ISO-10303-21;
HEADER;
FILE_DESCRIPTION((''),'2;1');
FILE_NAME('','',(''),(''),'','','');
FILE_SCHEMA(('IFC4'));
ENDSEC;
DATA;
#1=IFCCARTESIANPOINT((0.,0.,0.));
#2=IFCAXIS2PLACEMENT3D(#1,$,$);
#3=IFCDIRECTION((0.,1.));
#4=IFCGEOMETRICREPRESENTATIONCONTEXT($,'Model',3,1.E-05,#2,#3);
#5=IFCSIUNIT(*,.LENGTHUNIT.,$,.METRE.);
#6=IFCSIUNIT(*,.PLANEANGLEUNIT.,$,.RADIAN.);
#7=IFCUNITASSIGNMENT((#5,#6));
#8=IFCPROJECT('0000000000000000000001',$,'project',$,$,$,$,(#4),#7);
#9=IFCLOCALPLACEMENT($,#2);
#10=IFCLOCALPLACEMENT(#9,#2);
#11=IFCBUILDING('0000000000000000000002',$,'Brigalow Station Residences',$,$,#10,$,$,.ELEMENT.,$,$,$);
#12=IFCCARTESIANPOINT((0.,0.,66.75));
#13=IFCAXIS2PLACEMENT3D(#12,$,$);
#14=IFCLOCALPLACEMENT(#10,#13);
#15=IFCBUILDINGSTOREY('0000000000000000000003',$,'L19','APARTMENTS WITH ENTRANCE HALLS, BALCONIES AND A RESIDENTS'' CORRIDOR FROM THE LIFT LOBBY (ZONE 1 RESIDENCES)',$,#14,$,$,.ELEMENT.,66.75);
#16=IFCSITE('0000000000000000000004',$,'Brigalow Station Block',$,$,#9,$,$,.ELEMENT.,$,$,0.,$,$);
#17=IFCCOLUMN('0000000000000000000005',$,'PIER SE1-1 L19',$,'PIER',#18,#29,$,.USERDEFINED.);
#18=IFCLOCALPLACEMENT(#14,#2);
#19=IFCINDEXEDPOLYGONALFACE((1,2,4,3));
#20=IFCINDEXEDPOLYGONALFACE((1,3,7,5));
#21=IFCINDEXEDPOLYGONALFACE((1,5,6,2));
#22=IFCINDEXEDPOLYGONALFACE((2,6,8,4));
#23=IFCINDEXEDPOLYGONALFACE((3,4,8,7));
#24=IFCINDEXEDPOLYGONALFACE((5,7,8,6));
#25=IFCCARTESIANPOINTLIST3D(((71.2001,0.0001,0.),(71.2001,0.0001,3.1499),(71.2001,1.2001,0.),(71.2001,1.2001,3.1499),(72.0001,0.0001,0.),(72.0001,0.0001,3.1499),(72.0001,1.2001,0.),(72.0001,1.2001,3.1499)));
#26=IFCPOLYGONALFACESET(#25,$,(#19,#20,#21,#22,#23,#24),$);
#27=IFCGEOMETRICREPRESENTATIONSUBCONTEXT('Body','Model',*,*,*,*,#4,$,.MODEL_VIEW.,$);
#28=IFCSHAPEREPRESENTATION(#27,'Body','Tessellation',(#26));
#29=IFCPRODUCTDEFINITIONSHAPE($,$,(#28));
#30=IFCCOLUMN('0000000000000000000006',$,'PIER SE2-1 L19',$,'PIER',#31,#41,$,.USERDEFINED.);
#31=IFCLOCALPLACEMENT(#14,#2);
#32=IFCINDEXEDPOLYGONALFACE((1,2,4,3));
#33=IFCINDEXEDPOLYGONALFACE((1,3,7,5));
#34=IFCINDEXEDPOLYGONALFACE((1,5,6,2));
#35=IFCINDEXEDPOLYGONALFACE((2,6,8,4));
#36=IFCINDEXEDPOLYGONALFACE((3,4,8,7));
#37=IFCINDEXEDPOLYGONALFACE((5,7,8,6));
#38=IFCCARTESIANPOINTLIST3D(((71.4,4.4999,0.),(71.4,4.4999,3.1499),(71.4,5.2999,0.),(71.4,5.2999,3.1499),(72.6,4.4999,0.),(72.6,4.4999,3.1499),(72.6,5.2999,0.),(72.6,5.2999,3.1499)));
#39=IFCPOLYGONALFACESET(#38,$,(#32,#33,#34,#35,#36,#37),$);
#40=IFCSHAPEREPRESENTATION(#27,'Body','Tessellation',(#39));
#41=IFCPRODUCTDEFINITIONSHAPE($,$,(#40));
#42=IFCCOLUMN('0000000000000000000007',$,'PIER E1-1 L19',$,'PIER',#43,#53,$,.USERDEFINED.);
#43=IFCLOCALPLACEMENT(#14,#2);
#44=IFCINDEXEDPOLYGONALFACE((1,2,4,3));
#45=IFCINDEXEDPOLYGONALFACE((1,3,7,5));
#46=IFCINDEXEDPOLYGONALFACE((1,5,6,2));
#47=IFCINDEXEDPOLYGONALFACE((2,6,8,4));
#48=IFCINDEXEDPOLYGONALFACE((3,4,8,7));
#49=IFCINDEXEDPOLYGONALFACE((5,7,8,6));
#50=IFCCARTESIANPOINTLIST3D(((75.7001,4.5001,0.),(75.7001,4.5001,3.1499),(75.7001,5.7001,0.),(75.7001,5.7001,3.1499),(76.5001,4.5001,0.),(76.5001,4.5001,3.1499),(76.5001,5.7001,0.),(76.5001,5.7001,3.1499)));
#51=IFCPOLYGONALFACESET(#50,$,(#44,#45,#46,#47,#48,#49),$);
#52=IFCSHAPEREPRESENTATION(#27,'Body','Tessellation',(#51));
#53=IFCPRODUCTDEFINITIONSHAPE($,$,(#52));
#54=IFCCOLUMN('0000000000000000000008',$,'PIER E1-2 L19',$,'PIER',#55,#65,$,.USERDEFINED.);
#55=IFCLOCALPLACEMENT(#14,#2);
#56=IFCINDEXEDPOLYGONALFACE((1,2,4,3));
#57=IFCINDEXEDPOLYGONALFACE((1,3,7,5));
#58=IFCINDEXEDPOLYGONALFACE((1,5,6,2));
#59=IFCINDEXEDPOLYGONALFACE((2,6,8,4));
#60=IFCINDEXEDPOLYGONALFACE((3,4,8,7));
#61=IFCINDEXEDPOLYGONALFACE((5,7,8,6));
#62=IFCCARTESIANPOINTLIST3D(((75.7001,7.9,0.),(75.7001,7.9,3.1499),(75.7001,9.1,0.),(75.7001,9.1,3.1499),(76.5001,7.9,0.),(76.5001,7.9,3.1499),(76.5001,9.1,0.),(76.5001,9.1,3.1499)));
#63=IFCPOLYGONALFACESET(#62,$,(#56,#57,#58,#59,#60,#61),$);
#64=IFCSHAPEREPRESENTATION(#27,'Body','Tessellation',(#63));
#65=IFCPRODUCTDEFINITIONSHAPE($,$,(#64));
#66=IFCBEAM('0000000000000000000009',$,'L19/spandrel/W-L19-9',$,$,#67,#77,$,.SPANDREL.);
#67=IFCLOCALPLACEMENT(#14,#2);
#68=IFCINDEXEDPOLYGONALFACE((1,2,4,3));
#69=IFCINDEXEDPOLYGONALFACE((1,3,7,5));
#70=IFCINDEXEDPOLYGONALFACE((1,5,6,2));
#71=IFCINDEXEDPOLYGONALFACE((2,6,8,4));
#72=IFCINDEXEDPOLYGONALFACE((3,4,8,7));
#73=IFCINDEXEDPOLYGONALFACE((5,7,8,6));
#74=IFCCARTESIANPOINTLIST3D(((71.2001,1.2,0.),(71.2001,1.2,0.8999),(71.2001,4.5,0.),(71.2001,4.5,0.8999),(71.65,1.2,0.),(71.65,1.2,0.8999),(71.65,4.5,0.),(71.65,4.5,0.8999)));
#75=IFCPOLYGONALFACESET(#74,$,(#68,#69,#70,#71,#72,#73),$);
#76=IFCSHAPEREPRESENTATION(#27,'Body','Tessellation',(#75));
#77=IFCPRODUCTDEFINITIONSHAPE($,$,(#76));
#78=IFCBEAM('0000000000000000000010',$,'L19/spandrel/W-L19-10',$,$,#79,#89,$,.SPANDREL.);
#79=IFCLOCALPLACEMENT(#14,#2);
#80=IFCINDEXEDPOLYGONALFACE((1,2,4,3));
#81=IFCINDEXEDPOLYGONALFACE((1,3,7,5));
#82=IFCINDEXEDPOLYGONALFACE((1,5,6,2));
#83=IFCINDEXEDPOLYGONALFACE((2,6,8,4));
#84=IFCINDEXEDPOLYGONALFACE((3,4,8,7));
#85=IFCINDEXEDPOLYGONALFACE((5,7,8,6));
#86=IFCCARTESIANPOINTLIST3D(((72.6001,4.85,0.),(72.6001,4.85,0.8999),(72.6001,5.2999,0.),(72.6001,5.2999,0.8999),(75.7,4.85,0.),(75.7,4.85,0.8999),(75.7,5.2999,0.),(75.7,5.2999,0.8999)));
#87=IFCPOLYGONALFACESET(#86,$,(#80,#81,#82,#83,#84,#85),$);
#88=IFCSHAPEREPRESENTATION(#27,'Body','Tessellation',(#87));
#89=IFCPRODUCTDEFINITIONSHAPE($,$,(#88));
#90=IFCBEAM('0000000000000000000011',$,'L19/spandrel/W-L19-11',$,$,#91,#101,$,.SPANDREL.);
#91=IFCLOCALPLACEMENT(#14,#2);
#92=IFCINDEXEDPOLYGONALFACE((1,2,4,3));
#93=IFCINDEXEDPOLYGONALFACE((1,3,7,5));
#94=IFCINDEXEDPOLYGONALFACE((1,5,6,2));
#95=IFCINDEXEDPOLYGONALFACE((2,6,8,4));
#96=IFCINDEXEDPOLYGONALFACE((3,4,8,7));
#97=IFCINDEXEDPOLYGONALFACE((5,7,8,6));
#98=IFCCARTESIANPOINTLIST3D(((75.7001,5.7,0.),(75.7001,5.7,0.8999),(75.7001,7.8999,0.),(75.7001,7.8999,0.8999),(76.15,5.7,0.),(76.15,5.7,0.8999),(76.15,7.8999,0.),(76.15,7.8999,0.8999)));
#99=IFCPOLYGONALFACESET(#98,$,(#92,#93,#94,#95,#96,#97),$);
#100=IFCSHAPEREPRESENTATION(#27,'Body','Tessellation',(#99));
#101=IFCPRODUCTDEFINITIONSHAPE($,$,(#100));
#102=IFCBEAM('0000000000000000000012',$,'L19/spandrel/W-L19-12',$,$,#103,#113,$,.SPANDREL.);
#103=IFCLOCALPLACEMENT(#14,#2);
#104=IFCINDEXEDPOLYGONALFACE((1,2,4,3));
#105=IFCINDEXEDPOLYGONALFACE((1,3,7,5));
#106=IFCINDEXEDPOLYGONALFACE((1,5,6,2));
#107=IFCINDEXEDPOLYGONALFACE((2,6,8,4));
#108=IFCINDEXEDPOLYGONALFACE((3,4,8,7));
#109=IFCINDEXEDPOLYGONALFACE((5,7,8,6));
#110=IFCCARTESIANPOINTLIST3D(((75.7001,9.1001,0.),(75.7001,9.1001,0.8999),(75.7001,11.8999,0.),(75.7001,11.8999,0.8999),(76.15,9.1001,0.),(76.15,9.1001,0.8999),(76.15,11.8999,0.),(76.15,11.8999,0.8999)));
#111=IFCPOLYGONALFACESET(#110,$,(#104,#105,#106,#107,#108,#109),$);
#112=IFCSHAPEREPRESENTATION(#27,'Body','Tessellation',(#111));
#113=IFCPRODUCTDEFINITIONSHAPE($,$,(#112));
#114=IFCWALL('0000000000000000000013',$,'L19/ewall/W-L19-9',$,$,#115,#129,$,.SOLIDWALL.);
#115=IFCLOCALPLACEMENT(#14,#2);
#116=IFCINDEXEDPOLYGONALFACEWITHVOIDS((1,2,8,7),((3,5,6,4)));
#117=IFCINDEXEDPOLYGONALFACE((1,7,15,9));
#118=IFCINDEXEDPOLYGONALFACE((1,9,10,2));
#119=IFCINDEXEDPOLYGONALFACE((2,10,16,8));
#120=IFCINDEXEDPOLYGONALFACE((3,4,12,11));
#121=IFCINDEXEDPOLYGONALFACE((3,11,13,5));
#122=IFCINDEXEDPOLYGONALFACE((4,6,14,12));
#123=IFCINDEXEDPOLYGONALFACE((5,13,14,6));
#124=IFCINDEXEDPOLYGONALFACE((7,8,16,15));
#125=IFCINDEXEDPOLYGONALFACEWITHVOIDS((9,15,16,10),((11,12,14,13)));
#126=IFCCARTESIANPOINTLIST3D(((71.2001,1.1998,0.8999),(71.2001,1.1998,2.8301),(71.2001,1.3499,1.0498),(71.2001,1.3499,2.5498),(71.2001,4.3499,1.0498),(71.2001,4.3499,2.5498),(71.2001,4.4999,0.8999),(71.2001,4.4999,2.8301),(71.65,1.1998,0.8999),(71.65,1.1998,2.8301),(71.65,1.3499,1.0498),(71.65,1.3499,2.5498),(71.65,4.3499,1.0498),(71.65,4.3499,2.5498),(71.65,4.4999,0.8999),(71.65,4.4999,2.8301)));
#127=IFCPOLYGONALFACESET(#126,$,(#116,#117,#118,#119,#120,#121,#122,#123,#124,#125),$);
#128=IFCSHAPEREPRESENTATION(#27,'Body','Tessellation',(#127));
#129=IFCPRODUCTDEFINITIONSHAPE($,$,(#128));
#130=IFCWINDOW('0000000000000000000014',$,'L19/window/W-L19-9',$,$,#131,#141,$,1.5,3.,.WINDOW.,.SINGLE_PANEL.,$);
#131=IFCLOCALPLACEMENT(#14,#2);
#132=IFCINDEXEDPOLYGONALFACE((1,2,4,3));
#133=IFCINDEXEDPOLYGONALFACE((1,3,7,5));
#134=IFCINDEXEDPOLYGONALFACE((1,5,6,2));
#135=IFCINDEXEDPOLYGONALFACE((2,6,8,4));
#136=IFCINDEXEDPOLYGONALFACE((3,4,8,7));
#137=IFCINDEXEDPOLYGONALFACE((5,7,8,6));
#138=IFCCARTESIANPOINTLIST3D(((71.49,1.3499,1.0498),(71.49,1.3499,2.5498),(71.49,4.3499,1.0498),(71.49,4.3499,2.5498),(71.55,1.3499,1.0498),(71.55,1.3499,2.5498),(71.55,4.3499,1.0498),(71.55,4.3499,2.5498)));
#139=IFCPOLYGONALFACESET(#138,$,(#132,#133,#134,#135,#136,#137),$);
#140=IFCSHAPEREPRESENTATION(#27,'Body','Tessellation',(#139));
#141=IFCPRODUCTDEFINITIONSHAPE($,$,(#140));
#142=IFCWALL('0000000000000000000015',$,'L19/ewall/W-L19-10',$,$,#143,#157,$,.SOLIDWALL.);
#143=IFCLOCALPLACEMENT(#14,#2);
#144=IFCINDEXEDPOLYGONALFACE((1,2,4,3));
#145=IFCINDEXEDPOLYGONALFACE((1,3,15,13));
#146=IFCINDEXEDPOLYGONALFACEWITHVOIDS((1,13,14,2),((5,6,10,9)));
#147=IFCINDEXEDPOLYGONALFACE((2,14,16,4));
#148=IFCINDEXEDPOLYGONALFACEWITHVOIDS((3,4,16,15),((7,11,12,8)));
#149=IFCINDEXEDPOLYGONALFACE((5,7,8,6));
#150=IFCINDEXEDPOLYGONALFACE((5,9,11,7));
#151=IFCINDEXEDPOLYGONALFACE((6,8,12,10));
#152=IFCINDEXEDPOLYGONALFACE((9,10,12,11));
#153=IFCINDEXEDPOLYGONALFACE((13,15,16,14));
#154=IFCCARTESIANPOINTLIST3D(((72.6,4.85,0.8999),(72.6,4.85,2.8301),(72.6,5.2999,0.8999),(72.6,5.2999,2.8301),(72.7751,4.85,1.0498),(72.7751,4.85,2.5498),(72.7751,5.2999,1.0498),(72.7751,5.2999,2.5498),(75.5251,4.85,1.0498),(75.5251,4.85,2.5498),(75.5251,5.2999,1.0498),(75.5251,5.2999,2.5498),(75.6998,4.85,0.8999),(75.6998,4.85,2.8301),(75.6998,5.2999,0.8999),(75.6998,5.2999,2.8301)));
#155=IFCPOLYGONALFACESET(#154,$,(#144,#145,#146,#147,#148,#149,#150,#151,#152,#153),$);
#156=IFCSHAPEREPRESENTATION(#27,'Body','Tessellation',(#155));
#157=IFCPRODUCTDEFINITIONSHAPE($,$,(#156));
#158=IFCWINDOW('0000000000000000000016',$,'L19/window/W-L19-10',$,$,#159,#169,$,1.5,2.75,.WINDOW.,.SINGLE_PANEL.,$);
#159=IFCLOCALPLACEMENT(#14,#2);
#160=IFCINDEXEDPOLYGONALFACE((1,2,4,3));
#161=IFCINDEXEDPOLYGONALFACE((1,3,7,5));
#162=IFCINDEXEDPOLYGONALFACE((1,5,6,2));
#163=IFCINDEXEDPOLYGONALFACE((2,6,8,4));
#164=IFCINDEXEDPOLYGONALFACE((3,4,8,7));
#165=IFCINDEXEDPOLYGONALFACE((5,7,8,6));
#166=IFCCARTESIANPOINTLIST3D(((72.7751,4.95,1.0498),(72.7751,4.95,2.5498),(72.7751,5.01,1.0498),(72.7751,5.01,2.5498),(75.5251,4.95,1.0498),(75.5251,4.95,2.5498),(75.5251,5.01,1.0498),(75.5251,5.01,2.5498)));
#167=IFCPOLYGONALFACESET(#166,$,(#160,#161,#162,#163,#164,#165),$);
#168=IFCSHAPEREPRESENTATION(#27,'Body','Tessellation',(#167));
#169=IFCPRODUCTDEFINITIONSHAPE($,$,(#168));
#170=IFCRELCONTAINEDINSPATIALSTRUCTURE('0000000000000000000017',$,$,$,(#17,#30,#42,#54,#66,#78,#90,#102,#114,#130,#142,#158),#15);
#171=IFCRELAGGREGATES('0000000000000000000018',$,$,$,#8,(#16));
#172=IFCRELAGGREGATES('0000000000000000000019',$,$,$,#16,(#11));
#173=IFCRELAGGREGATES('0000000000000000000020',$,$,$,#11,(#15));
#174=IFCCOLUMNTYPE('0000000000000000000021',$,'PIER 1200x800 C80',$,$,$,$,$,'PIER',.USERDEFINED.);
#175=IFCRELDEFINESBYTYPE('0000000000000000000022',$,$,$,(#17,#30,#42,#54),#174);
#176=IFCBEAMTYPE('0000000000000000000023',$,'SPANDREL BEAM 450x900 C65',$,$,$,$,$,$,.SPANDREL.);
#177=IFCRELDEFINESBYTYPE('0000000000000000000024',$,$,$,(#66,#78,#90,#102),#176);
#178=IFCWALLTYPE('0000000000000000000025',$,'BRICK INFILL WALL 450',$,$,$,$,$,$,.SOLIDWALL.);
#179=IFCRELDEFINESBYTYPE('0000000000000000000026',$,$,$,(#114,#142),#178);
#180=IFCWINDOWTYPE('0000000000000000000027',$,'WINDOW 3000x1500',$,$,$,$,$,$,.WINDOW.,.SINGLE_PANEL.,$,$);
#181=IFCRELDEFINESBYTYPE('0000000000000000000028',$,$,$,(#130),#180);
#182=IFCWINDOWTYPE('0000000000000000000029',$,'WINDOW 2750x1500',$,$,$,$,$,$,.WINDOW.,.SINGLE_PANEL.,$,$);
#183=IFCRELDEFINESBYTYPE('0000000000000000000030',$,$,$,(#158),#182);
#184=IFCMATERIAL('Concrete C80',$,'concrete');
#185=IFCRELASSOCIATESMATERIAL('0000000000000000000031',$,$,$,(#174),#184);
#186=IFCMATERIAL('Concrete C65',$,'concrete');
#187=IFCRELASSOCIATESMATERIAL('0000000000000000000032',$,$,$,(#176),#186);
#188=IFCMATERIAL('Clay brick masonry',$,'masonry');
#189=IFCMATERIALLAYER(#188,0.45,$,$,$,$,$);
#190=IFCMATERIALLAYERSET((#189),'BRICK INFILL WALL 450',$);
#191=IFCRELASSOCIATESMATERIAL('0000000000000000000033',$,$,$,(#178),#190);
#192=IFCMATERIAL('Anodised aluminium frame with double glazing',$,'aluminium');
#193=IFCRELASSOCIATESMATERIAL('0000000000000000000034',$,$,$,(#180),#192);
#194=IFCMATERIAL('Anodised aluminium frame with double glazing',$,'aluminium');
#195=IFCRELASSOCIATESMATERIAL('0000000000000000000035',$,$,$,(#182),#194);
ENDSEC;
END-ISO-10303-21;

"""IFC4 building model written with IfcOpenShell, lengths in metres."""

from ifc_helpers import new_model, si_unit, direction, frame, frame_2d, origin, origin_2d, place, context, subcontext, project, spatial, rectangle, extrude, material, layer, layer_set, material_profile, profile_set, type_object, element, fill, save


model = new_model("IFC4")

# Units and contexts
model_context = context("Model", 3, precision=1e-05, world=origin(), true_north=direction((0.0, 1.0)))
body_context = subcontext(model_context, "Body", "Model", "MODEL_VIEW")
ifc_project = project(units=[si_unit("LENGTHUNIT", "METRE"), si_unit("PLANEANGLEUNIT", "RADIAN")], contexts=[model_context])

# Site, building, storey
site_placement = place(None, origin())
site = spatial("IfcSite", under=ifc_project, at=site_placement, Name="Brigalow Station Block", CompositionType="ELEMENT", RefElevation=0.0)
building_placement = place(site_placement, origin())
building = spatial("IfcBuilding", under=site, at=building_placement, Name="Brigalow Station Residences", CompositionType="ELEMENT")
storey_placement = place(building_placement, frame((0.0, 0.0, 66.75)))
storey = spatial("IfcBuildingStorey", under=building, at=storey_placement, Name="L19", Description="APARTMENTS WITH ENTRANCE HALLS, BALCONIES AND A RESIDENTS' CORRIDOR FROM THE LIFT LOBBY (ZONE 1 RESIDENCES)", CompositionType="ELEMENT", Elevation=66.75)

# Columns
ifc_material_1 = material(Name="Concrete C80", Category="concrete")
ifc_material_profile_1 = material_profile(ifc_material_1, rectangle(XDim=1.2, YDim=0.8, at=origin_2d()), Name="RC1200x800")
ifc_profile_set_1 = profile_set([ifc_material_profile_1], Name="Concrete C80")
column_type = type_object("IfcColumnType", Name="PIER 1200x800 C80", ElementType="PIER", PredefinedType="USERDEFINED", material=ifc_profile_set_1)
for number, where, z_axis, x_axis, name in (
    (1, (71.6001, 0.6001, 0.0), (0.0, 0.0, 1.0), (0.0, 1.0, 0.0), "PIER SE1-1 L19"),
    (2, (72.0, 4.8999, 0.0), (0.0, 0.0, 1.0), (1.0, 0.0, 0.0), "PIER SE2-1 L19"),
    (3, (76.1001, 5.1001, 0.0), (0.0, 0.0, 1.0), (0.0, 1.0, 0.0), "PIER E1-1 L19"),
    (4, (76.1001, 8.5, 0.0), (0.0, 0.0, 1.0), (0.0, 1.0, 0.0), "PIER E1-2 L19"),
):
    element("IfcColumn", number, at=place(storey_placement, frame(where, z_axis=z_axis, x_axis=x_axis)), inside=storey, type_object=column_type, Name=name, ObjectType="PIER", PredefinedType="USERDEFINED", context=body_context, shape_type="SweptSolid", body=[
        extrude(rectangle(XDim=1.2, YDim=0.8, at=origin_2d()), origin(), (0.0, 0.0, 1.0), 3.1499),
    ])

# Beams
ifc_material_2 = material(Name="Concrete C65", Category="concrete")
ifc_material_profile_2 = material_profile(ifc_material_2, rectangle(XDim=0.45, YDim=0.8999, at=origin_2d()), Name="RC450x900")
ifc_profile_set_2 = profile_set([ifc_material_profile_2], Name="Concrete C65")
beam_type = type_object("IfcBeamType", Name="SPANDREL BEAM 450x900 C65", PredefinedType="SPANDREL", material=ifc_profile_set_2)
beam_1_placement = place(storey_placement, frame((71.425, 1.2, 0.45), z_axis=(0.0, 1.0, 0.0), x_axis=(-1.0, 0.0, 0.0)))
element("IfcBeam", 5, at=beam_1_placement, inside=storey, type_object=beam_type, Name="L19/spandrel/W-L19-9", PredefinedType="SPANDREL", context=body_context, shape_type="SweptSolid", body=[
    extrude(rectangle(XDim=0.45, YDim=0.8999, at=origin_2d()), origin(), (0.0, 0.0, 1.0), 3.3),
])
beam_2_placement = place(storey_placement, frame((72.6001, 5.075, 0.45), z_axis=(1.0, 0.0, 0.0), x_axis=(0.0, 1.0, 0.0)))
element("IfcBeam", 6, at=beam_2_placement, inside=storey, type_object=beam_type, Name="L19/spandrel/W-L19-10", PredefinedType="SPANDREL", context=body_context, shape_type="SweptSolid", body=[
    extrude(rectangle(XDim=0.45, YDim=0.8999, at=origin_2d()), origin(), (0.0, 0.0, 1.0), 3.0999),
])
beam_3_placement = place(storey_placement, frame((75.925, 5.7, 0.45), z_axis=(0.0, 1.0, 0.0), x_axis=(-1.0, 0.0, 0.0)))
element("IfcBeam", 7, at=beam_3_placement, inside=storey, type_object=beam_type, Name="L19/spandrel/W-L19-11", PredefinedType="SPANDREL", context=body_context, shape_type="SweptSolid", body=[
    extrude(rectangle(XDim=0.45, YDim=0.8999, at=origin_2d()), origin(), (0.0, 0.0, 1.0), 2.2),
])
beam_4_placement = place(storey_placement, frame((75.925, 9.1001, 0.45), z_axis=(0.0, 1.0, 0.0), x_axis=(-1.0, 0.0, 0.0)))
element("IfcBeam", 8, at=beam_4_placement, inside=storey, type_object=beam_type, Name="L19/spandrel/W-L19-12", PredefinedType="SPANDREL", context=body_context, shape_type="SweptSolid", body=[
    extrude(rectangle(XDim=0.45, YDim=0.8999, at=origin_2d()), origin(), (0.0, 0.0, 1.0), 2.7998),
])

# Walls, openings, windows
ifc_material_3 = material(Name="Clay brick masonry", Category="masonry")
ifc_layer_1 = layer(ifc_material_3, 0.45)
ifc_layer_set_1 = layer_set([ifc_layer_1], Name="BRICK INFILL WALL 450")
wall_type_1 = type_object("IfcWallType", Name="BRICK INFILL WALL 450", PredefinedType="SOLIDWALL", material=ifc_layer_set_1)
wall_1_placement = place(storey_placement, frame((71.425, 1.2, 0.8999), z_axis=(0.0, 0.0, 1.0), x_axis=(0.0, 1.0, 0.0)))
wall_1 = element("IfcWall", 9, at=wall_1_placement, inside=storey, type_object=wall_type_1, Name="L19/ewall/W-L19-9", PredefinedType="SOLIDWALL", context=body_context, shape_type="SweptSolid", body=[
    extrude(rectangle(XDim=3.3, YDim=0.45, at=frame_2d((1.6499, 0.0))), origin(), (0.0, 0.0, 1.0), 1.9302),
])
opening_1_placement = place(wall_1_placement, frame((0.1499, 0.0, 0.1499)))
opening_1 = element("IfcOpeningElement", 10, at=opening_1_placement, cuts=wall_1, PredefinedType="OPENING", context=body_context, shape_type="SweptSolid", body=[
    extrude(rectangle(XDim=3.0, YDim=1.5, at=frame_2d((1.5, 0.75))), frame((0.0, 0.2349, 0.0), z_axis=(0.0, -1.0, 0.0), x_axis=(1.0, 0.0, 0.0)), (0.0, 0.0, 1.0), 0.47),
])
ifc_material_4 = material(Name="Anodised aluminium frame with double glazing", Category="aluminium")
window_type_1 = type_object("IfcWindowType", Name="WINDOW 3000x1500", PartitioningType="SINGLE_PANEL", PredefinedType="WINDOW", material=ifc_material_4)
window_1_placement = place(opening_1_placement, origin())
window_1 = element("IfcWindow", 11, at=window_1_placement, inside=storey, type_object=window_type_1, Name="L19/window/W-L19-9", OverallHeight=1.5, OverallWidth=3.0, PartitioningType="SINGLE_PANEL", PredefinedType="WINDOW", context=body_context, shape_type="SweptSolid", body=[
    extrude(rectangle(XDim=3.0, YDim=1.5, at=frame_2d((1.5, 0.75))), frame((0.0, -0.0649, 0.0), z_axis=(0.0, -1.0, 0.0), x_axis=(1.0, 0.0, 0.0)), (0.0, 0.0, 1.0), 0.0601),
])
fill(opening_1, window_1)
wall_2_placement = place(storey_placement, frame((72.6001, 5.075, 0.8999), z_axis=(0.0, 0.0, 1.0), x_axis=(1.0, 0.0, 0.0)))
wall_2 = element("IfcWall", 12, at=wall_2_placement, inside=storey, type_object=wall_type_1, Name="L19/ewall/W-L19-10", PredefinedType="SOLIDWALL", context=body_context, shape_type="SweptSolid", body=[
    extrude(rectangle(XDim=3.0999, YDim=0.45, at=frame_2d((1.5498, 0.0))), origin(), (0.0, 0.0, 1.0), 1.9302),
])
opening_2_placement = place(wall_2_placement, frame((0.175, 0.0, 0.1499)))
opening_2 = element("IfcOpeningElement", 13, at=opening_2_placement, cuts=wall_2, PredefinedType="OPENING", context=body_context, shape_type="SweptSolid", body=[
    extrude(rectangle(XDim=2.75, YDim=1.5, at=frame_2d((1.375, 0.75))), frame((0.0, 0.2349, 0.0), z_axis=(0.0, -1.0, 0.0), x_axis=(1.0, 0.0, 0.0)), (0.0, 0.0, 1.0), 0.47),
])
ifc_material_5 = material(Name="Anodised aluminium frame with double glazing", Category="aluminium")
window_type_2 = type_object("IfcWindowType", Name="WINDOW 2750x1500", PartitioningType="SINGLE_PANEL", PredefinedType="WINDOW", material=ifc_material_5)
window_2_placement = place(opening_2_placement, origin())
window_2 = element("IfcWindow", 14, at=window_2_placement, inside=storey, type_object=window_type_2, Name="L19/window/W-L19-10", OverallHeight=1.5, OverallWidth=2.75, PartitioningType="SINGLE_PANEL", PredefinedType="WINDOW", context=body_context, shape_type="SweptSolid", body=[
    extrude(rectangle(XDim=2.75, YDim=1.5, at=frame_2d((1.375, 0.75))), frame((0.0, -0.0649, 0.0), z_axis=(0.0, -1.0, 0.0), x_axis=(1.0, 0.0, 0.0)), (0.0, 0.0, 1.0), 0.0601),
])
fill(opening_2, window_2)

save(model, "model.ifc")
